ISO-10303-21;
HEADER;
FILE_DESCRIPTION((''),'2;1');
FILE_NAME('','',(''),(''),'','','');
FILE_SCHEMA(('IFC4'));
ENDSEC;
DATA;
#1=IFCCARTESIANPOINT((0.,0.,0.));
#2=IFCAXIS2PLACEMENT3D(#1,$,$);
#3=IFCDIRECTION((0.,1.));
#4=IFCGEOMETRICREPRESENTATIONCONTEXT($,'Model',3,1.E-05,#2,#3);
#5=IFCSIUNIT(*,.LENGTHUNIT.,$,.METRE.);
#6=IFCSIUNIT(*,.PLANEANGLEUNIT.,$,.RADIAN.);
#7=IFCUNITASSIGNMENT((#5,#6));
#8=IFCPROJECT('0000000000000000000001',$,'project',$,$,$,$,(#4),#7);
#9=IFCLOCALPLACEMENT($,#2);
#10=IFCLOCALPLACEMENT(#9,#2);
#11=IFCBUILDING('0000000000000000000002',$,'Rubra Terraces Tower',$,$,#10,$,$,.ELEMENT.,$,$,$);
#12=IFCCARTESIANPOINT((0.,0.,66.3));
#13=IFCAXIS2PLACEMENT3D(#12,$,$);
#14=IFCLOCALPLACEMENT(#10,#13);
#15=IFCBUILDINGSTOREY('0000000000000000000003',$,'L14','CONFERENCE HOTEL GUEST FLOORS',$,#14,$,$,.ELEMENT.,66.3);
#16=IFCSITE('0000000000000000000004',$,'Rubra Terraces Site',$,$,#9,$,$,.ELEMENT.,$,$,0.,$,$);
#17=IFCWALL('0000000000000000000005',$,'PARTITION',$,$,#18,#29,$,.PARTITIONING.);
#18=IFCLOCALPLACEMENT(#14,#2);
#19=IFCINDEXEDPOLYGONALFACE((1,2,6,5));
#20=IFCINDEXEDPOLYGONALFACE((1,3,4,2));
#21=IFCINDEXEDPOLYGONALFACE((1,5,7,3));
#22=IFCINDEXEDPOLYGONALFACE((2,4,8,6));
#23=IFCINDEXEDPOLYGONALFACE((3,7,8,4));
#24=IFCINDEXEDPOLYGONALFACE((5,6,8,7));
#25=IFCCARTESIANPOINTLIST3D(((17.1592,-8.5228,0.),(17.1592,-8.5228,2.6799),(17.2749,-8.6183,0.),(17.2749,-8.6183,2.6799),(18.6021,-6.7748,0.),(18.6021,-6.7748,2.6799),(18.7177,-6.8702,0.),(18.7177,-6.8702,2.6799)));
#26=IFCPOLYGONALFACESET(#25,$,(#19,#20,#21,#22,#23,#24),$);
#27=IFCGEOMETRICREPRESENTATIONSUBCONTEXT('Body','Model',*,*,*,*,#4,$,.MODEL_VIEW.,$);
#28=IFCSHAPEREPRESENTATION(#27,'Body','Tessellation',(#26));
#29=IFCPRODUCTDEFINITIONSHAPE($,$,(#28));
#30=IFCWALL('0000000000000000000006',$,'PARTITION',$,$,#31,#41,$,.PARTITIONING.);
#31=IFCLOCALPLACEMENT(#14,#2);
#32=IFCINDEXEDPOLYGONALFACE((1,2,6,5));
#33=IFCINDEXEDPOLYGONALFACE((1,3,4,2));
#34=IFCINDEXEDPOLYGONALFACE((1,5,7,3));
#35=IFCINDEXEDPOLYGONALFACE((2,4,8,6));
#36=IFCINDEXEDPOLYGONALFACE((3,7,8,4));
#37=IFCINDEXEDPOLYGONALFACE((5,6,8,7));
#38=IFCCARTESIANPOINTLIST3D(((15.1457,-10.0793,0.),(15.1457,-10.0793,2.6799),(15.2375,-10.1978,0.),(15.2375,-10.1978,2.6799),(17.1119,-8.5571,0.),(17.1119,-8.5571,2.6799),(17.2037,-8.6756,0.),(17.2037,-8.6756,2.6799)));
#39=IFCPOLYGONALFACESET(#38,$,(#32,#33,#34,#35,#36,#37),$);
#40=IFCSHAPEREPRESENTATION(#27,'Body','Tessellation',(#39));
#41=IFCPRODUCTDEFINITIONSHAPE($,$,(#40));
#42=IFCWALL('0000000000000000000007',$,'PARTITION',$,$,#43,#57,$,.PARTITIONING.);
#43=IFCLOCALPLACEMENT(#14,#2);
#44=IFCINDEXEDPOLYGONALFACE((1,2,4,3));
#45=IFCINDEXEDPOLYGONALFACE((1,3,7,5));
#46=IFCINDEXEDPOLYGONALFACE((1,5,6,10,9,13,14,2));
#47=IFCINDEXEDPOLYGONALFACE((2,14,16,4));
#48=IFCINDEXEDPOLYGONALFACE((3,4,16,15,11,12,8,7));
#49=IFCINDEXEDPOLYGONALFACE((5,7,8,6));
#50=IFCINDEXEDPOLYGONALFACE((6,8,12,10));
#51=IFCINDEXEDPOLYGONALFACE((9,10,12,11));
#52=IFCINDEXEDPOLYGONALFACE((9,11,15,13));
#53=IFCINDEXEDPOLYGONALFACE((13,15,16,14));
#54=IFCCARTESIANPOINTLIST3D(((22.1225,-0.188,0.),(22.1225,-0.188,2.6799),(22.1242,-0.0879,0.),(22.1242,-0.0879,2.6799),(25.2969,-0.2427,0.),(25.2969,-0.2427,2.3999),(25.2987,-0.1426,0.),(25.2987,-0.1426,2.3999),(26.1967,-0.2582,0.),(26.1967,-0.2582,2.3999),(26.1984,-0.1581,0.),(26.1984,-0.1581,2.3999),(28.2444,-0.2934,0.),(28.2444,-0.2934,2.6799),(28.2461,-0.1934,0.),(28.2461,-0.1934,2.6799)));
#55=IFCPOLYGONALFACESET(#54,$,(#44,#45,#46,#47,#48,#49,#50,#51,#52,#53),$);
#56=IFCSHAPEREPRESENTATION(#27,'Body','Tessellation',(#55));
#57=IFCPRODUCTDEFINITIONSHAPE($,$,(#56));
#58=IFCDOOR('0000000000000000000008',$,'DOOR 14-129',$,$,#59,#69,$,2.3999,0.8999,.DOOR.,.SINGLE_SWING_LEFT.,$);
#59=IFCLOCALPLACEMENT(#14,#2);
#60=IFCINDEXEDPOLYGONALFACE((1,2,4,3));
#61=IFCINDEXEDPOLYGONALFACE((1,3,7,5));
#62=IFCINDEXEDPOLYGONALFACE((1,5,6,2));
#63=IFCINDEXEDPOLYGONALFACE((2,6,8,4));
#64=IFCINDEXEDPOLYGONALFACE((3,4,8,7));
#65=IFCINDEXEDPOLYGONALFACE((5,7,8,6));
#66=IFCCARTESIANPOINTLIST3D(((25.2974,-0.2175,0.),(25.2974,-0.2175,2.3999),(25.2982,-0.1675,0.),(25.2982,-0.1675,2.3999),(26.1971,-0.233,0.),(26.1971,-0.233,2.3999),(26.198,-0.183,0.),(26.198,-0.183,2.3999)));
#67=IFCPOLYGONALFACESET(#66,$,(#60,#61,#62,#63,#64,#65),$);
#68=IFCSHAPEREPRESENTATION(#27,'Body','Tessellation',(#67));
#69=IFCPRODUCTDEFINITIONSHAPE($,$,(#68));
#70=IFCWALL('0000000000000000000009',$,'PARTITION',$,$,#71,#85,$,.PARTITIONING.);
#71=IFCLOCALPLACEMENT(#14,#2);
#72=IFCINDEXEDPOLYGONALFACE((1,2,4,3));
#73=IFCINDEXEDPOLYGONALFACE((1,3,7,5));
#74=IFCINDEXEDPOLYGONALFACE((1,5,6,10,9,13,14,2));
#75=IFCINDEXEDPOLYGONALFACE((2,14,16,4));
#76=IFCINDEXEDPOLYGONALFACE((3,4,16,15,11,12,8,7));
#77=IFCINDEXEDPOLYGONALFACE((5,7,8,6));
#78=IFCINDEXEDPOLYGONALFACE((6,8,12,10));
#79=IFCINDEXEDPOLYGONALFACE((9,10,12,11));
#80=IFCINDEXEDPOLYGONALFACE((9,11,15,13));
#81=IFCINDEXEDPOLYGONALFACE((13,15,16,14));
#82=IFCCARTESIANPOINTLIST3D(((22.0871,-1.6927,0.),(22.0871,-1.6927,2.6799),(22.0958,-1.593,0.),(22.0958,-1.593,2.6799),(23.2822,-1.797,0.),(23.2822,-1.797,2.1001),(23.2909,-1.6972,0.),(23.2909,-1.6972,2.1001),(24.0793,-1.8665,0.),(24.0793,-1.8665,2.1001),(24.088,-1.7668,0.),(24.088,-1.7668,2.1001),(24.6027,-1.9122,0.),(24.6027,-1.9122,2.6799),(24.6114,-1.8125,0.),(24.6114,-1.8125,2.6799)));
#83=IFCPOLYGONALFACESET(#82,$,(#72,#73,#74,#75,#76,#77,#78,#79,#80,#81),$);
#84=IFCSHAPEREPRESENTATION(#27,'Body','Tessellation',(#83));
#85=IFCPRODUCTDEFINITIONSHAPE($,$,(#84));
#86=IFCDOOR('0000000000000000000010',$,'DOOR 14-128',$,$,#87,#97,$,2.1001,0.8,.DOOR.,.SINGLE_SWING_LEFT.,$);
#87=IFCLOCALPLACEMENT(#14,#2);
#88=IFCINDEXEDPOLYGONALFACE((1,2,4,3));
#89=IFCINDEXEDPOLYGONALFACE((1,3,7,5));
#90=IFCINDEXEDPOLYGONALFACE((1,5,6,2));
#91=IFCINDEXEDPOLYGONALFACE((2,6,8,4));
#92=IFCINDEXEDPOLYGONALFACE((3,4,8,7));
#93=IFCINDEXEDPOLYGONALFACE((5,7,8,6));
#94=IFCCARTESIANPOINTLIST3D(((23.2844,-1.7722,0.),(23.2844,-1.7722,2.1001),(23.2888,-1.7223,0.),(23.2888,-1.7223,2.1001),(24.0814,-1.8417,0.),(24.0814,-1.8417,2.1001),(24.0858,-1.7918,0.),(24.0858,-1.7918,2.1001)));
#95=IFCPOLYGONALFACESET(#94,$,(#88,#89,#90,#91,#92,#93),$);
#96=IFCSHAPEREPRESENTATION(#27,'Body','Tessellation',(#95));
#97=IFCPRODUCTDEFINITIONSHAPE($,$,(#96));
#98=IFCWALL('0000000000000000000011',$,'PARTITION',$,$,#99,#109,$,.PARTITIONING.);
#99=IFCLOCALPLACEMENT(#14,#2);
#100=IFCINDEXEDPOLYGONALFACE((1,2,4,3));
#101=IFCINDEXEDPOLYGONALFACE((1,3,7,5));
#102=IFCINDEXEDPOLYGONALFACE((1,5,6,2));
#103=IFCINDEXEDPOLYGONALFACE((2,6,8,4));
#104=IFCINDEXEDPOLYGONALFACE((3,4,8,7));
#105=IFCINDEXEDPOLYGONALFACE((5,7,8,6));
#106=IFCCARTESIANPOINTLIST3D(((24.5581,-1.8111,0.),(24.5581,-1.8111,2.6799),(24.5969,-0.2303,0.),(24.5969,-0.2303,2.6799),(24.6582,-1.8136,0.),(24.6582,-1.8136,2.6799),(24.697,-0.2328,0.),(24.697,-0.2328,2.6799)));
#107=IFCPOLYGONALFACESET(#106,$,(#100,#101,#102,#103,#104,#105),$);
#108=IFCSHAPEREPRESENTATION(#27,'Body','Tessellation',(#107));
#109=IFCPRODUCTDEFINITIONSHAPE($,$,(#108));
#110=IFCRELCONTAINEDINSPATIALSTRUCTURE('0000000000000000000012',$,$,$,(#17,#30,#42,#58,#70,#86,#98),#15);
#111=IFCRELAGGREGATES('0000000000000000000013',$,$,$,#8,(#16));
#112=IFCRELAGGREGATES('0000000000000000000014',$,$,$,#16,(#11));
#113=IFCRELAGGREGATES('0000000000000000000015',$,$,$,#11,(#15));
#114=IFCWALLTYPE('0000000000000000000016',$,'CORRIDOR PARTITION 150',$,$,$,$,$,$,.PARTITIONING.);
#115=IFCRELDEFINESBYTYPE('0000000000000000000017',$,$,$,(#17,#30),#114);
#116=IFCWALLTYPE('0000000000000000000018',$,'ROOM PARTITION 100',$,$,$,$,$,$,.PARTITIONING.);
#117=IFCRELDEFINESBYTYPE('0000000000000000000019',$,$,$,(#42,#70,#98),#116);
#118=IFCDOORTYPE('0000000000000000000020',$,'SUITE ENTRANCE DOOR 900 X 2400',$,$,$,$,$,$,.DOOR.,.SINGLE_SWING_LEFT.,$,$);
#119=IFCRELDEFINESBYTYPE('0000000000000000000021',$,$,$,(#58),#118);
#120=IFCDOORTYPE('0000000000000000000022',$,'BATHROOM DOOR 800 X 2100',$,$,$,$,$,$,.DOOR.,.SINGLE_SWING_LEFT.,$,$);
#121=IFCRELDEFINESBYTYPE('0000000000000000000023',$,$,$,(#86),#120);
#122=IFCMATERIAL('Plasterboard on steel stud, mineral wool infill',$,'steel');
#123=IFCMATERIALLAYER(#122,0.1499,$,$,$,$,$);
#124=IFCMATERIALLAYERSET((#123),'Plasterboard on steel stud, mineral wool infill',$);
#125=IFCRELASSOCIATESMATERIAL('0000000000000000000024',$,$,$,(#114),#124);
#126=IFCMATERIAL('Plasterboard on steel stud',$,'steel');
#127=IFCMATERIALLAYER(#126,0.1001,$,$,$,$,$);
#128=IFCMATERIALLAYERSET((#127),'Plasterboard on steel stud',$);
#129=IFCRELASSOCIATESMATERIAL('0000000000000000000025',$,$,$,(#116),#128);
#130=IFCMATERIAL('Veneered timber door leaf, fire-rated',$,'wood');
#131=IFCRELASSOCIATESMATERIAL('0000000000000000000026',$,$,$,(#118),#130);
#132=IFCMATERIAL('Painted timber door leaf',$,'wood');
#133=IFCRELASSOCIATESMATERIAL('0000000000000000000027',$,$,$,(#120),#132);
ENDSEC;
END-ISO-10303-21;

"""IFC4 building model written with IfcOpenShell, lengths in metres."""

from ifc_helpers import new_model, si_unit, direction, frame, frame_2d, origin, place, context, subcontext, project, spatial, rectangle, extrude, material, layer, layer_set, type_object, element, fill, save


model = new_model("IFC4")

# Units and contexts
model_context = context("Model", 3, precision=1e-05, world=origin(), true_north=direction((0.0, 1.0)))
body_context = subcontext(model_context, "Body", "Model", "MODEL_VIEW")
ifc_project = project(units=[si_unit("LENGTHUNIT", "METRE"), si_unit("PLANEANGLEUNIT", "RADIAN")], contexts=[model_context])

# Site, building, storey
site_placement = place(None, origin())
site = spatial("IfcSite", under=ifc_project, at=site_placement, Name="Rubra Terraces Site", CompositionType="ELEMENT", RefElevation=0.0)
building_placement = place(site_placement, origin())
building = spatial("IfcBuilding", under=site, at=building_placement, Name="Rubra Terraces Tower", CompositionType="ELEMENT")
storey_placement = place(building_placement, frame((0.0, 0.0, 66.3)))
storey = spatial("IfcBuildingStorey", under=building, at=storey_placement, Name="L14", Description="CONFERENCE HOTEL GUEST FLOORS", CompositionType="ELEMENT", Elevation=66.3)

# Shared definitions
ifc_material_1 = material(Name="Plasterboard on steel stud, mineral wool infill", Category="steel")
ifc_layer_1 = layer(ifc_material_1, 0.1499)
ifc_layer_set_1 = layer_set([ifc_layer_1], Name="Plasterboard on steel stud, mineral wool infill")
wall_type_1 = type_object("IfcWallType", Name="CORRIDOR PARTITION 150", PredefinedType="PARTITIONING", material=ifc_layer_set_1)
ifc_material_2 = material(Name="Painted timber door leaf", Category="wood")

# Walls
wall_1_placement = place(storey_placement, frame((18.6599, -6.8225, 0.0), z_axis=(0.0, 0.0, 1.0), x_axis=(-0.636575, -0.771215, 0.0)))
element("IfcWall", 1, at=wall_1_placement, inside=storey, type_object=wall_type_1, Name="PARTITION", PredefinedType="PARTITIONING", context=body_context, shape_type="SweptSolid", body=[
    extrude(rectangle(XDim=2.2666, YDim=0.1499, at=frame_2d((1.1333, 0.0))), origin(), (0.0, 0.0, 1.0), 2.6799),
])
wall_2_placement = place(storey_placement, frame((17.1577, -8.6165, 0.0), z_axis=(0.0, 0.0, 1.0), x_axis=(-0.790741, -0.612151, 0.0)))
element("IfcWall", 2, at=wall_2_placement, inside=storey, type_object=wall_type_1, Name="PARTITION", PredefinedType="PARTITIONING", context=body_context, shape_type="SweptSolid", body=[
    extrude(rectangle(XDim=2.4866, YDim=0.1499, at=frame_2d((1.2432, 0.0))), origin(), (0.0, 0.0, 1.0), 2.6799),
])

# Walls, openings, doors
ifc_material_3 = material(Name="Plasterboard on steel stud", Category="steel")
ifc_layer_2 = layer(ifc_material_3, 0.1001)
ifc_layer_set_2 = layer_set([ifc_layer_2], Name="Plasterboard on steel stud")
wall_type_2 = type_object("IfcWallType", Name="ROOM PARTITION 100", PredefinedType="PARTITIONING", material=ifc_layer_set_2)
wall_3_placement = place(storey_placement, frame((28.2454, -0.2434, 0.0), z_axis=(0.0, 0.0, 1.0), x_axis=(-0.999852, 0.017226, 0.0)))
wall_3 = element("IfcWall", 3, at=wall_3_placement, inside=storey, type_object=wall_type_2, Name="PARTITION", PredefinedType="PARTITIONING", context=body_context, shape_type="SweptSolid", body=[
    extrude(rectangle(XDim=6.1228, YDim=0.1001, at=frame_2d((3.0615, 0.0))), origin(), (0.0, 0.0, 1.0), 2.6799),
])
opening_1_placement = place(wall_3_placement, frame((2.0481, 0.0, 0.0)))
opening_1 = element("IfcOpeningElement", 4, at=opening_1_placement, cuts=wall_3, PredefinedType="OPENING", context=body_context, shape_type="SweptSolid", body=[
    extrude(rectangle(XDim=0.8999, YDim=2.3999, at=frame_2d((0.45, 1.2))), frame((0.0, 0.0601, 0.0), z_axis=(0.0, -1.0, 0.0), x_axis=(1.0, 0.0, 0.0)), (0.0, 0.0, 1.0), 0.1201),
])
ifc_material_4 = material(Name="Veneered timber door leaf, fire-rated", Category="wood")
door_type_1 = type_object("IfcDoorType", Name="SUITE ENTRANCE DOOR 900 X 2400", OperationType="SINGLE_SWING_LEFT", PredefinedType="DOOR", material=ifc_material_4)
door_1_placement = place(opening_1_placement, origin())
door_1 = element("IfcDoor", 5, at=door_1_placement, inside=storey, type_object=door_type_1, Name="DOOR 14-129", OperationType="SINGLE_SWING_LEFT", OverallHeight=2.3999, OverallWidth=0.8999, PredefinedType="DOOR", context=body_context, shape_type="SweptSolid", body=[
    extrude(rectangle(XDim=0.8999, YDim=2.3999, at=frame_2d((0.45, 1.2))), frame((0.0, 0.0249, 0.0), z_axis=(0.0, -1.0, 0.0), x_axis=(1.0, 0.0, 0.0)), (0.0, 0.0, 1.0), 0.05),
])
fill(opening_1, door_1)
wall_4_placement = place(storey_placement, frame((22.0913, -1.6428, 0.0), z_axis=(0.0, 0.0, 1.0), x_axis=(0.996216, -0.086917, 0.0)))
wall_4 = element("IfcWall", 6, at=wall_4_placement, inside=storey, type_object=wall_type_2, Name="PARTITION", PredefinedType="PARTITIONING", context=body_context, shape_type="SweptSolid", body=[
    extrude(rectangle(XDim=2.5251, YDim=0.1001, at=frame_2d((1.2627, 0.0))), origin(), (0.0, 0.0, 1.0), 2.6799),
])
opening_2_placement = place(wall_4_placement, frame((1.2, 0.0, 0.0)))
opening_2 = element("IfcOpeningElement", 7, at=opening_2_placement, cuts=wall_4, PredefinedType="OPENING", context=body_context, shape_type="SweptSolid", body=[
    extrude(rectangle(XDim=0.8, YDim=2.1001, at=frame_2d((0.3999, 1.05))), frame((0.0, 0.0601, 0.0), z_axis=(0.0, -1.0, 0.0), x_axis=(1.0, 0.0, 0.0)), (0.0, 0.0, 1.0), 0.1201),
])
door_type_2 = type_object("IfcDoorType", Name="BATHROOM DOOR 800 X 2100", OperationType="SINGLE_SWING_LEFT", PredefinedType="DOOR", material=ifc_material_2)
door_2_placement = place(opening_2_placement, origin())
door_2 = element("IfcDoor", 8, at=door_2_placement, inside=storey, type_object=door_type_2, Name="DOOR 14-128", OperationType="SINGLE_SWING_LEFT", OverallHeight=2.1001, OverallWidth=0.8, PredefinedType="DOOR", context=body_context, shape_type="SweptSolid", body=[
    extrude(rectangle(XDim=0.8, YDim=2.1001, at=frame_2d((0.3999, 1.05))), frame((0.0, 0.0249, 0.0), z_axis=(0.0, -1.0, 0.0), x_axis=(1.0, 0.0, 0.0)), (0.0, 0.0, 1.0), 0.05),
])
fill(opening_2, door_2)

# Wall
wall_5_placement = place(storey_placement, frame((24.6082, -1.8123, 0.0), z_axis=(0.0, 0.0, 1.0), x_axis=(0.024549, 0.999699, 0.0)))
element("IfcWall", 9, at=wall_5_placement, inside=storey, type_object=wall_type_2, Name="PARTITION", PredefinedType="PARTITIONING", context=body_context, shape_type="SweptSolid", body=[
    extrude(rectangle(XDim=1.5813, YDim=0.1001, at=frame_2d((0.7905, 0.0))), origin(), (0.0, 0.0, 1.0), 2.6799),
])

save(model, "model.ifc")
